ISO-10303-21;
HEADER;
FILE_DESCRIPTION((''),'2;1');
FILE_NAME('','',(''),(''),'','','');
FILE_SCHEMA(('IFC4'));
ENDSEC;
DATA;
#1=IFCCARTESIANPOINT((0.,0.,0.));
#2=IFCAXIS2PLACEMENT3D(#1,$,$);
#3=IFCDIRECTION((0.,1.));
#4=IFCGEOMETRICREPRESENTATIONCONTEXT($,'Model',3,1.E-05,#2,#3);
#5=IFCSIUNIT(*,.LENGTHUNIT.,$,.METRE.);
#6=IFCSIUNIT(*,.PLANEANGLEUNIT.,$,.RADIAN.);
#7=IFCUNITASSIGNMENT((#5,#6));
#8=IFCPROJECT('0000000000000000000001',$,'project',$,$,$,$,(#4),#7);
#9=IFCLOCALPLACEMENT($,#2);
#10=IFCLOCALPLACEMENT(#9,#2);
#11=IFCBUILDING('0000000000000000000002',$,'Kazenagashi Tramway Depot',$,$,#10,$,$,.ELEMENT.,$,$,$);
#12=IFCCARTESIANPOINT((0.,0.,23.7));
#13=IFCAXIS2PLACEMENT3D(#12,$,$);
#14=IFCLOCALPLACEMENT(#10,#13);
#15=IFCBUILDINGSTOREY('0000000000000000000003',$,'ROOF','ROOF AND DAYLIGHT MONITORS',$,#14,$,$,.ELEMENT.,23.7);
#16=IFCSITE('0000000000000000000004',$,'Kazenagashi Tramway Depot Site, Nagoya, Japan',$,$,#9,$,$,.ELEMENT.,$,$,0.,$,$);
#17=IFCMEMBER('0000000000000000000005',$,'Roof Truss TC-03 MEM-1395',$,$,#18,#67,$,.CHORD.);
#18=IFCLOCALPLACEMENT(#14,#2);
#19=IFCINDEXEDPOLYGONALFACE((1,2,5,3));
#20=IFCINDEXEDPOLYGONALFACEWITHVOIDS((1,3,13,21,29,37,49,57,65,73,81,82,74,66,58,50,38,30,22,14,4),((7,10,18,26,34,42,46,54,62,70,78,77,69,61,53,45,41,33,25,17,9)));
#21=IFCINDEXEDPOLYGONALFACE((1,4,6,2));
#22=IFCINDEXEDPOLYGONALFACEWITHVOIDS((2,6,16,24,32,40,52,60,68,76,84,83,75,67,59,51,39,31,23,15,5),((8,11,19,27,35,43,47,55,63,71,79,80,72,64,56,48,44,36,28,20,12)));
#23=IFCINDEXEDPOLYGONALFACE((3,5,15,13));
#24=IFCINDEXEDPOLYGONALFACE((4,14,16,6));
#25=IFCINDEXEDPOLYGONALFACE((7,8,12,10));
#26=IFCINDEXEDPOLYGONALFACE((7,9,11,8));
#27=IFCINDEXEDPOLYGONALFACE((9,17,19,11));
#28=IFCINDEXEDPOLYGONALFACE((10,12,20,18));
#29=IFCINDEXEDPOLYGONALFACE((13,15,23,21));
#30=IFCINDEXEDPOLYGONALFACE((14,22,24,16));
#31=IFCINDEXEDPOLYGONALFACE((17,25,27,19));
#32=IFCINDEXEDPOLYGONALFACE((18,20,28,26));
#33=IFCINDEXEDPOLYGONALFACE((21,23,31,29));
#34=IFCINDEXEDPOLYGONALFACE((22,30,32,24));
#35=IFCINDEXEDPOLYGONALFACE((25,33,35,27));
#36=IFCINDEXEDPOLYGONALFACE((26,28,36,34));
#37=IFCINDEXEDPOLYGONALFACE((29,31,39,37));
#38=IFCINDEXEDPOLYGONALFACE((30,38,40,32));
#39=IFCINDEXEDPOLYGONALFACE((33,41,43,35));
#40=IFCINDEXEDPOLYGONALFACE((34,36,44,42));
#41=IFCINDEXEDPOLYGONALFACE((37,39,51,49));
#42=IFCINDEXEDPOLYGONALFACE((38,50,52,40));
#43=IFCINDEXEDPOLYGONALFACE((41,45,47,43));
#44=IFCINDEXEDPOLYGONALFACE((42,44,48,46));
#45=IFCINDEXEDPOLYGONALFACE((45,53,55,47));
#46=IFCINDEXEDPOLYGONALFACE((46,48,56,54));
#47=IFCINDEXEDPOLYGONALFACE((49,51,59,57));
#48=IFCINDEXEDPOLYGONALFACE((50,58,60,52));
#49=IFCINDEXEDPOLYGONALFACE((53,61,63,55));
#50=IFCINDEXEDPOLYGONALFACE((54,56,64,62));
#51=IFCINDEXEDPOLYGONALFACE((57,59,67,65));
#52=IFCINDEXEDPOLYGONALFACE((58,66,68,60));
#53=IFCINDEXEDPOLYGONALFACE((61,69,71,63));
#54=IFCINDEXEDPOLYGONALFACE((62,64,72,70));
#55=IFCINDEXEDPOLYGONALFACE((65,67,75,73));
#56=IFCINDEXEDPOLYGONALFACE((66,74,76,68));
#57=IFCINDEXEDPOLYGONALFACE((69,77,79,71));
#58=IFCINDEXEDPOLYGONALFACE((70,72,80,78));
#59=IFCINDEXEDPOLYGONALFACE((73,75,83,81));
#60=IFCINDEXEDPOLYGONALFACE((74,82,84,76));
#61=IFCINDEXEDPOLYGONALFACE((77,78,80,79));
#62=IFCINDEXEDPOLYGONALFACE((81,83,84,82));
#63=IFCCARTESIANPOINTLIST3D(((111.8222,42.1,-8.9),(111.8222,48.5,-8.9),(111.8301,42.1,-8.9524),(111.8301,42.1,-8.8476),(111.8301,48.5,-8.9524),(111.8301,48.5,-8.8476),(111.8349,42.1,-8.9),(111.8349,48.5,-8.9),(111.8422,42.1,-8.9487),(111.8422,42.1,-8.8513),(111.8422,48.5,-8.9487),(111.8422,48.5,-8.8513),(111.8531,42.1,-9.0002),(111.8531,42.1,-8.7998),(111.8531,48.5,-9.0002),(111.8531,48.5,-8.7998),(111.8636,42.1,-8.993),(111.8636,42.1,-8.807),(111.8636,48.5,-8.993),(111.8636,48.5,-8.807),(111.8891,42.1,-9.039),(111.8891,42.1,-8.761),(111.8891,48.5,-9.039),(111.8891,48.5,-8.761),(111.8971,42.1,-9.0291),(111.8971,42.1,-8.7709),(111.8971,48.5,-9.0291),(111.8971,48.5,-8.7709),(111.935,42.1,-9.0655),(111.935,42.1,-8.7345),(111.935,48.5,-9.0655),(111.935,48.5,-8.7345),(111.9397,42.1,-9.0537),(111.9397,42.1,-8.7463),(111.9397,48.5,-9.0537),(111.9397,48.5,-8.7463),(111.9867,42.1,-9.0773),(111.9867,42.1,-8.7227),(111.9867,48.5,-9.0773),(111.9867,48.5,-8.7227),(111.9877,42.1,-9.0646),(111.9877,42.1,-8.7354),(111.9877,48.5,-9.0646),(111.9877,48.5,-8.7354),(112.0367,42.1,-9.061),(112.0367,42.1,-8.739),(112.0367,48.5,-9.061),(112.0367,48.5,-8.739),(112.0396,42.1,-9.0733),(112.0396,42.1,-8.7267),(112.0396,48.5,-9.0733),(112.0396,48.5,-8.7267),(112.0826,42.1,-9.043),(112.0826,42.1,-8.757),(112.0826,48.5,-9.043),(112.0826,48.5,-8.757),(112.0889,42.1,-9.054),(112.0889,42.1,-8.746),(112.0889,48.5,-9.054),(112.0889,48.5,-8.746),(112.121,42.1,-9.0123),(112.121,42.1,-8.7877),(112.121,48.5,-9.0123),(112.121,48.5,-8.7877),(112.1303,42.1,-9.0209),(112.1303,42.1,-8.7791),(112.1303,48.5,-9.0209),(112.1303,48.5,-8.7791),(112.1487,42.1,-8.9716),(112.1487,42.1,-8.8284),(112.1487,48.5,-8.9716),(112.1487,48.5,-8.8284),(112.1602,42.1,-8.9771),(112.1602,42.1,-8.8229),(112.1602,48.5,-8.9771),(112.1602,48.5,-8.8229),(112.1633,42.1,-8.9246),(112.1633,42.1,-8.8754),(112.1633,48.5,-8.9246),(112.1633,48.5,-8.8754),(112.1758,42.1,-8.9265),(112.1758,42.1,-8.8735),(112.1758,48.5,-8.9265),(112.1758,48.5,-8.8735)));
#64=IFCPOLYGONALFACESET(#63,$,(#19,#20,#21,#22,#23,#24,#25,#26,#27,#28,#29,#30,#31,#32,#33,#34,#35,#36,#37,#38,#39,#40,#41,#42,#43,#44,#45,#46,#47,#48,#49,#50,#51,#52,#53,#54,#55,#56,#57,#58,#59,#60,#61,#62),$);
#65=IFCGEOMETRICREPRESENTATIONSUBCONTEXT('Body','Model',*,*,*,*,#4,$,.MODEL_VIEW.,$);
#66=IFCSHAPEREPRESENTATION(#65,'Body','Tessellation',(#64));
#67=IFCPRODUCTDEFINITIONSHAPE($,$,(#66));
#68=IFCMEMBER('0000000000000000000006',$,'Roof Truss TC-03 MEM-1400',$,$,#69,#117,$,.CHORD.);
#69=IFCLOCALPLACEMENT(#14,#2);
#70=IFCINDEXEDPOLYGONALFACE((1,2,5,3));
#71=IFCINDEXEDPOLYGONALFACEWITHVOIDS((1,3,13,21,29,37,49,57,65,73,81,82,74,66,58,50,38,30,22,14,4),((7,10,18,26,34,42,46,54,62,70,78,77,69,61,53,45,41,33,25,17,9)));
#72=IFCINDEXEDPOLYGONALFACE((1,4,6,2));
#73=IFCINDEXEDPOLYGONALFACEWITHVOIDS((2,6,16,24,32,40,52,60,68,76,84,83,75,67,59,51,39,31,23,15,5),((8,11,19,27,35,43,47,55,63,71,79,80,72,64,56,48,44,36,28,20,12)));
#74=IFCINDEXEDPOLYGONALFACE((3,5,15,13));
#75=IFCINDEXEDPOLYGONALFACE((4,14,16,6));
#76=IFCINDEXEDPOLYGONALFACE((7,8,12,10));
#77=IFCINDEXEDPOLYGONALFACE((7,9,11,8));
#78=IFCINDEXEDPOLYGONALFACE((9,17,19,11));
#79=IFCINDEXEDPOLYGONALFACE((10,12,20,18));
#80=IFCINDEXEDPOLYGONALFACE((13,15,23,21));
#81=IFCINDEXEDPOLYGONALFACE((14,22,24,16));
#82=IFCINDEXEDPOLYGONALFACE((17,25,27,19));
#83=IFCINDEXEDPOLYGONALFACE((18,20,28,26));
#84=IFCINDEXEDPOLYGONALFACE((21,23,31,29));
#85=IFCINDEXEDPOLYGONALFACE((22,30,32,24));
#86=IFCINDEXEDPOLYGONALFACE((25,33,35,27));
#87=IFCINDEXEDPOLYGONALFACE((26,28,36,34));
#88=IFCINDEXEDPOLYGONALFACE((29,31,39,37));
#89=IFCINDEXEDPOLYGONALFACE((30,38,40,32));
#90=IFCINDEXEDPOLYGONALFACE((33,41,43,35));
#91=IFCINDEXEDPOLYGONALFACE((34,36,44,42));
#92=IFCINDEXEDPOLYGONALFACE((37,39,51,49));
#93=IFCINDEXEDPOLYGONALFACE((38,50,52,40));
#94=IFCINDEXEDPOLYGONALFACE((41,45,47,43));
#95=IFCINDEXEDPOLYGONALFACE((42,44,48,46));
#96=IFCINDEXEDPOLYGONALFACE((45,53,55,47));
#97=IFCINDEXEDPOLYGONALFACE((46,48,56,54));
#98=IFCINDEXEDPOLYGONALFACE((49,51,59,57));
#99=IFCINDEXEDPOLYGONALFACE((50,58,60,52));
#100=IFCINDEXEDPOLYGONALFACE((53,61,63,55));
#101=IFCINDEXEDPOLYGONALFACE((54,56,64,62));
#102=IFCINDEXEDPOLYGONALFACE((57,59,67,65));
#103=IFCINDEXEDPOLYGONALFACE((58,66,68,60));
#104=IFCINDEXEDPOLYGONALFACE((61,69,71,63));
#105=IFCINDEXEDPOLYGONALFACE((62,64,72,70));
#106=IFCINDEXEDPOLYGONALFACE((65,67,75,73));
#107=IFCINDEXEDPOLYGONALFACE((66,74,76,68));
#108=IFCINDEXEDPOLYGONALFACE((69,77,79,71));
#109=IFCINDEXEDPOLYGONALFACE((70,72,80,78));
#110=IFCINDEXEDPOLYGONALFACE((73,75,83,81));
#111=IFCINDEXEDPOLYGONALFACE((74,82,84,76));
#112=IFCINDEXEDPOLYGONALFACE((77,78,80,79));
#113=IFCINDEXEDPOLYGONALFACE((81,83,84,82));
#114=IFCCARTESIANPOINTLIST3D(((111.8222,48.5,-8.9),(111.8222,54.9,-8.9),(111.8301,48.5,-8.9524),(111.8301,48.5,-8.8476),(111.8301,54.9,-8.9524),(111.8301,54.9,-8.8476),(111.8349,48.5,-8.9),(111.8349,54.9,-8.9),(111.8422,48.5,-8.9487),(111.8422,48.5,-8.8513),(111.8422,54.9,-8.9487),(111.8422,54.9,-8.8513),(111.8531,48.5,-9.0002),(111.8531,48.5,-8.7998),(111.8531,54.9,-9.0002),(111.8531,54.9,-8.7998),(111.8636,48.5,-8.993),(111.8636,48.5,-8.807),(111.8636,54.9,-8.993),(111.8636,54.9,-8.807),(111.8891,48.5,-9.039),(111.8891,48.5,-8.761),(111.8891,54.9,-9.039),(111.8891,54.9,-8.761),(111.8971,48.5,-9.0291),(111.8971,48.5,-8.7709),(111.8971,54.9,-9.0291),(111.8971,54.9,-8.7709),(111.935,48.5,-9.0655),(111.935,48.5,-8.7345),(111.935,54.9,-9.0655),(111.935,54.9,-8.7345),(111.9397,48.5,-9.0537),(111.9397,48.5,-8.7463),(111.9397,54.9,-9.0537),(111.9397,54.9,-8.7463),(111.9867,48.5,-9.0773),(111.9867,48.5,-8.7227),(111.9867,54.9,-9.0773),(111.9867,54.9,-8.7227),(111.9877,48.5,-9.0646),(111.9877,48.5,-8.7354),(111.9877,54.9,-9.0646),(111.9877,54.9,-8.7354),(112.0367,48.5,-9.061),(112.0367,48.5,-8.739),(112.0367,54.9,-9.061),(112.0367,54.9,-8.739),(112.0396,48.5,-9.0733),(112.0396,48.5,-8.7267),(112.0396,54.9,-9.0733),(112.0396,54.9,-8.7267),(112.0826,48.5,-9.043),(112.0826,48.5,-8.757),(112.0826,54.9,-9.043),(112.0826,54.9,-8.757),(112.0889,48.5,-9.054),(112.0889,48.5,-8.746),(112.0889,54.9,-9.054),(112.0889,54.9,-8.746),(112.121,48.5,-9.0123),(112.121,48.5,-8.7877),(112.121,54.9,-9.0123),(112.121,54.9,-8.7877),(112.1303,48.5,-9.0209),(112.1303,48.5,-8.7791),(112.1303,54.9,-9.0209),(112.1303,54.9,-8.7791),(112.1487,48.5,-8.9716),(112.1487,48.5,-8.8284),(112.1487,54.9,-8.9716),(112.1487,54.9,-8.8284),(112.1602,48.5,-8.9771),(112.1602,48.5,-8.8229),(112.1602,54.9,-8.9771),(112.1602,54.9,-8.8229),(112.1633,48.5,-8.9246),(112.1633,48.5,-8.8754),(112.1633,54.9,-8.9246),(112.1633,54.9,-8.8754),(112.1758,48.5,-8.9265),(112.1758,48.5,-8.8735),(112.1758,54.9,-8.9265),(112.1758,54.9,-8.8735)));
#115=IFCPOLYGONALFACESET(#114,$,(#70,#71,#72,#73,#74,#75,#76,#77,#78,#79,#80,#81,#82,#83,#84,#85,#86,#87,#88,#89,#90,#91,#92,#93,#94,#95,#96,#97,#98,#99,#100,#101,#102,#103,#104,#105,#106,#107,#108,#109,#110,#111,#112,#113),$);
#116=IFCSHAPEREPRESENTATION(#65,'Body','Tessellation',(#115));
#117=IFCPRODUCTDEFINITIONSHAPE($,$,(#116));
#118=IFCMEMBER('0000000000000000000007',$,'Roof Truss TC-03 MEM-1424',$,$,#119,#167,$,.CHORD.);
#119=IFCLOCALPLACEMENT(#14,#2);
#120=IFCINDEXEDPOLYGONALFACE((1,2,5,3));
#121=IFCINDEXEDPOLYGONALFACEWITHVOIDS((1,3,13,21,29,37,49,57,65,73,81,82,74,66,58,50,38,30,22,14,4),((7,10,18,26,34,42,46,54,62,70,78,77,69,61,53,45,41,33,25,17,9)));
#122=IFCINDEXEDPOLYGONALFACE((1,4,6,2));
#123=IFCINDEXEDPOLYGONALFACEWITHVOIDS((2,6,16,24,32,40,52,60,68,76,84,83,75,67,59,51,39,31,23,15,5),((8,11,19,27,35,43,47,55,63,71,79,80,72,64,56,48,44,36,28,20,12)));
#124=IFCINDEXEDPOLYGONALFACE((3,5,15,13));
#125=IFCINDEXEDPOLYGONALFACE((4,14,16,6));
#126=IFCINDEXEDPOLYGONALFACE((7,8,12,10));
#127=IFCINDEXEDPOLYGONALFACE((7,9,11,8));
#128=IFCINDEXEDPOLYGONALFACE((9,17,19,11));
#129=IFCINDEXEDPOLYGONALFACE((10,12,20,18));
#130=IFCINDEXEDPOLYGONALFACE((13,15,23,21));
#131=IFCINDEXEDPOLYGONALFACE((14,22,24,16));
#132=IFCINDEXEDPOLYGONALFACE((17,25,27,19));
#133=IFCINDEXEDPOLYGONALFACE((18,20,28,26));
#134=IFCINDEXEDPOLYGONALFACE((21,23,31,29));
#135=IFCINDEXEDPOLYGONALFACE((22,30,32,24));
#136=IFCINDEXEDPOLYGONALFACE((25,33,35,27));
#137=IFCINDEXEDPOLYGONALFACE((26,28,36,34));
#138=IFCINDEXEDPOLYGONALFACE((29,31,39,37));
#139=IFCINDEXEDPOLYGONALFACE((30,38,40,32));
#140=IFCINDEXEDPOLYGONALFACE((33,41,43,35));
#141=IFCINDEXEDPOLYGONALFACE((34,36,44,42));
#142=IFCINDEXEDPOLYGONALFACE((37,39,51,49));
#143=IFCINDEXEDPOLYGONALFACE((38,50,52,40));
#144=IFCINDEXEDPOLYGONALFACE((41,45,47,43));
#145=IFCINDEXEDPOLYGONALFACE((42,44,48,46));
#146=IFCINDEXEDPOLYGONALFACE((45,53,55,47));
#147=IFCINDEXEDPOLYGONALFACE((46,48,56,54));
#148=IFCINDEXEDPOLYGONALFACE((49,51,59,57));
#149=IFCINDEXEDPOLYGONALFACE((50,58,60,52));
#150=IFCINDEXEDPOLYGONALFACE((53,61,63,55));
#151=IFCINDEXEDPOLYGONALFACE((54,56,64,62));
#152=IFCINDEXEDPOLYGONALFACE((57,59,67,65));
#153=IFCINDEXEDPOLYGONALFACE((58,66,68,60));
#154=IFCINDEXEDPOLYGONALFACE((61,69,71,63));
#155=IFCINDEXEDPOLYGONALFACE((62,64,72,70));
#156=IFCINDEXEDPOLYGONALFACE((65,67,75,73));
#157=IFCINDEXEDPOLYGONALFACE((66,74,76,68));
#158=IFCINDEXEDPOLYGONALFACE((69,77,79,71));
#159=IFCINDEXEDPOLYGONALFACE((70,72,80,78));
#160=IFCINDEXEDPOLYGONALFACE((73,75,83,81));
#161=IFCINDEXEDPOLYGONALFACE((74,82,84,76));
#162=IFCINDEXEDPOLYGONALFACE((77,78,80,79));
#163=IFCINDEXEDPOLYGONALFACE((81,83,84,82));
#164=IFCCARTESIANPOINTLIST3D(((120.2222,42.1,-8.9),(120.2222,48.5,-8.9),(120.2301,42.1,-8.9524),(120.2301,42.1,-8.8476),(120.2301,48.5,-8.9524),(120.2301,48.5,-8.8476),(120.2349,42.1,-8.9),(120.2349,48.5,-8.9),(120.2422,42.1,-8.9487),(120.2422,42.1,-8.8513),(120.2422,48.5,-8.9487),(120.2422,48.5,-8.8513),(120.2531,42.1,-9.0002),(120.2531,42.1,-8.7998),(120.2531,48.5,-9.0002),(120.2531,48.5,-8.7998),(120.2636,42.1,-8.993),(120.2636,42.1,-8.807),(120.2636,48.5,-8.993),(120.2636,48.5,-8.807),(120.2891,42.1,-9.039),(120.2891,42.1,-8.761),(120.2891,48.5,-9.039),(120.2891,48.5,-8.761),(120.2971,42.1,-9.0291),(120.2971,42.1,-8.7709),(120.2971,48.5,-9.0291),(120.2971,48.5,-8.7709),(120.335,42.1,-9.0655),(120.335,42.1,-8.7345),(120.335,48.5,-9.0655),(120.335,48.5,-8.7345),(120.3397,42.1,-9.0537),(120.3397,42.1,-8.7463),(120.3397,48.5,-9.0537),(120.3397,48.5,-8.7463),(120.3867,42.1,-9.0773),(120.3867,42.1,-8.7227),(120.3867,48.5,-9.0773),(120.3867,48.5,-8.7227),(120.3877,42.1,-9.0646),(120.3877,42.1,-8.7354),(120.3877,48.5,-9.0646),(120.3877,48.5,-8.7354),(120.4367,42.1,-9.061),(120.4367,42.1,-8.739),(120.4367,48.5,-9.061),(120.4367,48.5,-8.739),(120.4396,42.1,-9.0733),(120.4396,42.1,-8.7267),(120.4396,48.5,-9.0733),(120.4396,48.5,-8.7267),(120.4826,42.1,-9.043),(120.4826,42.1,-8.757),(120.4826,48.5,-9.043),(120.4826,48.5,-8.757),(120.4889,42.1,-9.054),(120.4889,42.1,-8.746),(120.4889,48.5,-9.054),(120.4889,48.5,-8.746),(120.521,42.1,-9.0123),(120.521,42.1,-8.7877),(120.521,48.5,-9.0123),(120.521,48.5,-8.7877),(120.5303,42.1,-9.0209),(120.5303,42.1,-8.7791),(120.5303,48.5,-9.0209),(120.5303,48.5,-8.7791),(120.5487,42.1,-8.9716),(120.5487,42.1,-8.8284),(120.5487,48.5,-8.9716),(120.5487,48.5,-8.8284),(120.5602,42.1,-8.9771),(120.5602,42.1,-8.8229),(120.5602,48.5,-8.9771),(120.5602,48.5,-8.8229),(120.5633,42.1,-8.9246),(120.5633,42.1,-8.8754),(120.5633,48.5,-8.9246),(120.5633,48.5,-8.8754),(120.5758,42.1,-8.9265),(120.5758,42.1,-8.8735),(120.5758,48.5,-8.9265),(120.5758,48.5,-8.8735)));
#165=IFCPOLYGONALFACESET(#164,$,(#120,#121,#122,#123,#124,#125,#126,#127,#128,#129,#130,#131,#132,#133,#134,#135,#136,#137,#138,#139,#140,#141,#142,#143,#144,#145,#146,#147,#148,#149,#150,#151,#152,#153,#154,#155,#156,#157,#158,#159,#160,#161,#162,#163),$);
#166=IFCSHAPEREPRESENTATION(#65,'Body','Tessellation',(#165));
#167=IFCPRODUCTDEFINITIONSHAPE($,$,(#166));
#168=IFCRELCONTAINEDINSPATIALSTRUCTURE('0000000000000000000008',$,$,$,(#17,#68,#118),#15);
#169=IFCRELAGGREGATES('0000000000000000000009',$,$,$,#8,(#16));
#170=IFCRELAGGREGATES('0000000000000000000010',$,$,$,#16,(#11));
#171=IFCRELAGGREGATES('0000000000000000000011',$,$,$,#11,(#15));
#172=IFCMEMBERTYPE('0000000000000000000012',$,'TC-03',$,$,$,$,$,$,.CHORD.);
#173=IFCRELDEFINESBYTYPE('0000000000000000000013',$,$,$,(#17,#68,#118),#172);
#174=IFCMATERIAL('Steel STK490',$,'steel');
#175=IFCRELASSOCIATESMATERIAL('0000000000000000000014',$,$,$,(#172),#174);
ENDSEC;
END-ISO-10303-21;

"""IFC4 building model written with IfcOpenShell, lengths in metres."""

from ifc_helpers import new_model, si_unit, direction, frame, origin, origin_2d, place, context, subcontext, project, spatial, hollow_circle, extrude, material, material_profile, profile_set, type_object, element, save


model = new_model("IFC4")

# Units and contexts
model_context = context("Model", 3, precision=1e-05, world=origin(), true_north=direction((0.0, 1.0)))
body_context = subcontext(model_context, "Body", "Model", "MODEL_VIEW")
ifc_project = project(units=[si_unit("LENGTHUNIT", "METRE"), si_unit("PLANEANGLEUNIT", "RADIAN")], contexts=[model_context])

# Site, building, storey
site_placement = place(None, origin())
site = spatial("IfcSite", under=ifc_project, at=site_placement, Name="Kazenagashi Tramway Depot Site, Nagoya, Japan", CompositionType="ELEMENT", RefElevation=0.0)
building_placement = place(site_placement, origin())
building = spatial("IfcBuilding", under=site, at=building_placement, Name="Kazenagashi Tramway Depot", CompositionType="ELEMENT")
storey_placement = place(building_placement, frame((0.0, 0.0, 23.7)))
storey = spatial("IfcBuildingStorey", under=building, at=storey_placement, Name="ROOF", Description="ROOF AND DAYLIGHT MONITORS", CompositionType="ELEMENT", Elevation=23.7)

# Members
ifc_material_1 = material(Name="Steel STK490", Category="steel")
ifc_material_profile_1 = material_profile(ifc_material_1, hollow_circle(Radius=0.1778, WallThickness=0.0127, at=origin_2d()), Name="CHS-355.6x12.7")
ifc_profile_set_1 = profile_set([ifc_material_profile_1], Name="Steel STK490")
member_type_1 = type_object("IfcMemberType", Name="TC-03", PredefinedType="CHORD", material=ifc_profile_set_1)
for number, where, z_axis, x_axis, name in (
    (1, (112.0, 42.1, -8.9), (0.0, 1.0, 0.0), (-1.0, 0.0, 0.0), "Roof Truss TC-03 MEM-1395"),
    (2, (112.0, 48.5, -8.9), (0.0, 1.0, 0.0), (-1.0, 0.0, 0.0), "Roof Truss TC-03 MEM-1400"),
    (3, (120.4, 42.1, -8.9), (0.0, 1.0, 0.0), (-1.0, 0.0, 0.0), "Roof Truss TC-03 MEM-1424"),
):
    element("IfcMember", number, at=place(storey_placement, frame(where, z_axis=z_axis, x_axis=x_axis)), inside=storey, type_object=member_type_1, Name=name, PredefinedType="CHORD", context=body_context, shape_type="SweptSolid", body=[
        extrude(hollow_circle(Radius=0.1778, WallThickness=0.0127, at=origin_2d()), origin(), (0.0, 0.0, 1.0), 6.4),
    ])

save(model, "model.ifc")
